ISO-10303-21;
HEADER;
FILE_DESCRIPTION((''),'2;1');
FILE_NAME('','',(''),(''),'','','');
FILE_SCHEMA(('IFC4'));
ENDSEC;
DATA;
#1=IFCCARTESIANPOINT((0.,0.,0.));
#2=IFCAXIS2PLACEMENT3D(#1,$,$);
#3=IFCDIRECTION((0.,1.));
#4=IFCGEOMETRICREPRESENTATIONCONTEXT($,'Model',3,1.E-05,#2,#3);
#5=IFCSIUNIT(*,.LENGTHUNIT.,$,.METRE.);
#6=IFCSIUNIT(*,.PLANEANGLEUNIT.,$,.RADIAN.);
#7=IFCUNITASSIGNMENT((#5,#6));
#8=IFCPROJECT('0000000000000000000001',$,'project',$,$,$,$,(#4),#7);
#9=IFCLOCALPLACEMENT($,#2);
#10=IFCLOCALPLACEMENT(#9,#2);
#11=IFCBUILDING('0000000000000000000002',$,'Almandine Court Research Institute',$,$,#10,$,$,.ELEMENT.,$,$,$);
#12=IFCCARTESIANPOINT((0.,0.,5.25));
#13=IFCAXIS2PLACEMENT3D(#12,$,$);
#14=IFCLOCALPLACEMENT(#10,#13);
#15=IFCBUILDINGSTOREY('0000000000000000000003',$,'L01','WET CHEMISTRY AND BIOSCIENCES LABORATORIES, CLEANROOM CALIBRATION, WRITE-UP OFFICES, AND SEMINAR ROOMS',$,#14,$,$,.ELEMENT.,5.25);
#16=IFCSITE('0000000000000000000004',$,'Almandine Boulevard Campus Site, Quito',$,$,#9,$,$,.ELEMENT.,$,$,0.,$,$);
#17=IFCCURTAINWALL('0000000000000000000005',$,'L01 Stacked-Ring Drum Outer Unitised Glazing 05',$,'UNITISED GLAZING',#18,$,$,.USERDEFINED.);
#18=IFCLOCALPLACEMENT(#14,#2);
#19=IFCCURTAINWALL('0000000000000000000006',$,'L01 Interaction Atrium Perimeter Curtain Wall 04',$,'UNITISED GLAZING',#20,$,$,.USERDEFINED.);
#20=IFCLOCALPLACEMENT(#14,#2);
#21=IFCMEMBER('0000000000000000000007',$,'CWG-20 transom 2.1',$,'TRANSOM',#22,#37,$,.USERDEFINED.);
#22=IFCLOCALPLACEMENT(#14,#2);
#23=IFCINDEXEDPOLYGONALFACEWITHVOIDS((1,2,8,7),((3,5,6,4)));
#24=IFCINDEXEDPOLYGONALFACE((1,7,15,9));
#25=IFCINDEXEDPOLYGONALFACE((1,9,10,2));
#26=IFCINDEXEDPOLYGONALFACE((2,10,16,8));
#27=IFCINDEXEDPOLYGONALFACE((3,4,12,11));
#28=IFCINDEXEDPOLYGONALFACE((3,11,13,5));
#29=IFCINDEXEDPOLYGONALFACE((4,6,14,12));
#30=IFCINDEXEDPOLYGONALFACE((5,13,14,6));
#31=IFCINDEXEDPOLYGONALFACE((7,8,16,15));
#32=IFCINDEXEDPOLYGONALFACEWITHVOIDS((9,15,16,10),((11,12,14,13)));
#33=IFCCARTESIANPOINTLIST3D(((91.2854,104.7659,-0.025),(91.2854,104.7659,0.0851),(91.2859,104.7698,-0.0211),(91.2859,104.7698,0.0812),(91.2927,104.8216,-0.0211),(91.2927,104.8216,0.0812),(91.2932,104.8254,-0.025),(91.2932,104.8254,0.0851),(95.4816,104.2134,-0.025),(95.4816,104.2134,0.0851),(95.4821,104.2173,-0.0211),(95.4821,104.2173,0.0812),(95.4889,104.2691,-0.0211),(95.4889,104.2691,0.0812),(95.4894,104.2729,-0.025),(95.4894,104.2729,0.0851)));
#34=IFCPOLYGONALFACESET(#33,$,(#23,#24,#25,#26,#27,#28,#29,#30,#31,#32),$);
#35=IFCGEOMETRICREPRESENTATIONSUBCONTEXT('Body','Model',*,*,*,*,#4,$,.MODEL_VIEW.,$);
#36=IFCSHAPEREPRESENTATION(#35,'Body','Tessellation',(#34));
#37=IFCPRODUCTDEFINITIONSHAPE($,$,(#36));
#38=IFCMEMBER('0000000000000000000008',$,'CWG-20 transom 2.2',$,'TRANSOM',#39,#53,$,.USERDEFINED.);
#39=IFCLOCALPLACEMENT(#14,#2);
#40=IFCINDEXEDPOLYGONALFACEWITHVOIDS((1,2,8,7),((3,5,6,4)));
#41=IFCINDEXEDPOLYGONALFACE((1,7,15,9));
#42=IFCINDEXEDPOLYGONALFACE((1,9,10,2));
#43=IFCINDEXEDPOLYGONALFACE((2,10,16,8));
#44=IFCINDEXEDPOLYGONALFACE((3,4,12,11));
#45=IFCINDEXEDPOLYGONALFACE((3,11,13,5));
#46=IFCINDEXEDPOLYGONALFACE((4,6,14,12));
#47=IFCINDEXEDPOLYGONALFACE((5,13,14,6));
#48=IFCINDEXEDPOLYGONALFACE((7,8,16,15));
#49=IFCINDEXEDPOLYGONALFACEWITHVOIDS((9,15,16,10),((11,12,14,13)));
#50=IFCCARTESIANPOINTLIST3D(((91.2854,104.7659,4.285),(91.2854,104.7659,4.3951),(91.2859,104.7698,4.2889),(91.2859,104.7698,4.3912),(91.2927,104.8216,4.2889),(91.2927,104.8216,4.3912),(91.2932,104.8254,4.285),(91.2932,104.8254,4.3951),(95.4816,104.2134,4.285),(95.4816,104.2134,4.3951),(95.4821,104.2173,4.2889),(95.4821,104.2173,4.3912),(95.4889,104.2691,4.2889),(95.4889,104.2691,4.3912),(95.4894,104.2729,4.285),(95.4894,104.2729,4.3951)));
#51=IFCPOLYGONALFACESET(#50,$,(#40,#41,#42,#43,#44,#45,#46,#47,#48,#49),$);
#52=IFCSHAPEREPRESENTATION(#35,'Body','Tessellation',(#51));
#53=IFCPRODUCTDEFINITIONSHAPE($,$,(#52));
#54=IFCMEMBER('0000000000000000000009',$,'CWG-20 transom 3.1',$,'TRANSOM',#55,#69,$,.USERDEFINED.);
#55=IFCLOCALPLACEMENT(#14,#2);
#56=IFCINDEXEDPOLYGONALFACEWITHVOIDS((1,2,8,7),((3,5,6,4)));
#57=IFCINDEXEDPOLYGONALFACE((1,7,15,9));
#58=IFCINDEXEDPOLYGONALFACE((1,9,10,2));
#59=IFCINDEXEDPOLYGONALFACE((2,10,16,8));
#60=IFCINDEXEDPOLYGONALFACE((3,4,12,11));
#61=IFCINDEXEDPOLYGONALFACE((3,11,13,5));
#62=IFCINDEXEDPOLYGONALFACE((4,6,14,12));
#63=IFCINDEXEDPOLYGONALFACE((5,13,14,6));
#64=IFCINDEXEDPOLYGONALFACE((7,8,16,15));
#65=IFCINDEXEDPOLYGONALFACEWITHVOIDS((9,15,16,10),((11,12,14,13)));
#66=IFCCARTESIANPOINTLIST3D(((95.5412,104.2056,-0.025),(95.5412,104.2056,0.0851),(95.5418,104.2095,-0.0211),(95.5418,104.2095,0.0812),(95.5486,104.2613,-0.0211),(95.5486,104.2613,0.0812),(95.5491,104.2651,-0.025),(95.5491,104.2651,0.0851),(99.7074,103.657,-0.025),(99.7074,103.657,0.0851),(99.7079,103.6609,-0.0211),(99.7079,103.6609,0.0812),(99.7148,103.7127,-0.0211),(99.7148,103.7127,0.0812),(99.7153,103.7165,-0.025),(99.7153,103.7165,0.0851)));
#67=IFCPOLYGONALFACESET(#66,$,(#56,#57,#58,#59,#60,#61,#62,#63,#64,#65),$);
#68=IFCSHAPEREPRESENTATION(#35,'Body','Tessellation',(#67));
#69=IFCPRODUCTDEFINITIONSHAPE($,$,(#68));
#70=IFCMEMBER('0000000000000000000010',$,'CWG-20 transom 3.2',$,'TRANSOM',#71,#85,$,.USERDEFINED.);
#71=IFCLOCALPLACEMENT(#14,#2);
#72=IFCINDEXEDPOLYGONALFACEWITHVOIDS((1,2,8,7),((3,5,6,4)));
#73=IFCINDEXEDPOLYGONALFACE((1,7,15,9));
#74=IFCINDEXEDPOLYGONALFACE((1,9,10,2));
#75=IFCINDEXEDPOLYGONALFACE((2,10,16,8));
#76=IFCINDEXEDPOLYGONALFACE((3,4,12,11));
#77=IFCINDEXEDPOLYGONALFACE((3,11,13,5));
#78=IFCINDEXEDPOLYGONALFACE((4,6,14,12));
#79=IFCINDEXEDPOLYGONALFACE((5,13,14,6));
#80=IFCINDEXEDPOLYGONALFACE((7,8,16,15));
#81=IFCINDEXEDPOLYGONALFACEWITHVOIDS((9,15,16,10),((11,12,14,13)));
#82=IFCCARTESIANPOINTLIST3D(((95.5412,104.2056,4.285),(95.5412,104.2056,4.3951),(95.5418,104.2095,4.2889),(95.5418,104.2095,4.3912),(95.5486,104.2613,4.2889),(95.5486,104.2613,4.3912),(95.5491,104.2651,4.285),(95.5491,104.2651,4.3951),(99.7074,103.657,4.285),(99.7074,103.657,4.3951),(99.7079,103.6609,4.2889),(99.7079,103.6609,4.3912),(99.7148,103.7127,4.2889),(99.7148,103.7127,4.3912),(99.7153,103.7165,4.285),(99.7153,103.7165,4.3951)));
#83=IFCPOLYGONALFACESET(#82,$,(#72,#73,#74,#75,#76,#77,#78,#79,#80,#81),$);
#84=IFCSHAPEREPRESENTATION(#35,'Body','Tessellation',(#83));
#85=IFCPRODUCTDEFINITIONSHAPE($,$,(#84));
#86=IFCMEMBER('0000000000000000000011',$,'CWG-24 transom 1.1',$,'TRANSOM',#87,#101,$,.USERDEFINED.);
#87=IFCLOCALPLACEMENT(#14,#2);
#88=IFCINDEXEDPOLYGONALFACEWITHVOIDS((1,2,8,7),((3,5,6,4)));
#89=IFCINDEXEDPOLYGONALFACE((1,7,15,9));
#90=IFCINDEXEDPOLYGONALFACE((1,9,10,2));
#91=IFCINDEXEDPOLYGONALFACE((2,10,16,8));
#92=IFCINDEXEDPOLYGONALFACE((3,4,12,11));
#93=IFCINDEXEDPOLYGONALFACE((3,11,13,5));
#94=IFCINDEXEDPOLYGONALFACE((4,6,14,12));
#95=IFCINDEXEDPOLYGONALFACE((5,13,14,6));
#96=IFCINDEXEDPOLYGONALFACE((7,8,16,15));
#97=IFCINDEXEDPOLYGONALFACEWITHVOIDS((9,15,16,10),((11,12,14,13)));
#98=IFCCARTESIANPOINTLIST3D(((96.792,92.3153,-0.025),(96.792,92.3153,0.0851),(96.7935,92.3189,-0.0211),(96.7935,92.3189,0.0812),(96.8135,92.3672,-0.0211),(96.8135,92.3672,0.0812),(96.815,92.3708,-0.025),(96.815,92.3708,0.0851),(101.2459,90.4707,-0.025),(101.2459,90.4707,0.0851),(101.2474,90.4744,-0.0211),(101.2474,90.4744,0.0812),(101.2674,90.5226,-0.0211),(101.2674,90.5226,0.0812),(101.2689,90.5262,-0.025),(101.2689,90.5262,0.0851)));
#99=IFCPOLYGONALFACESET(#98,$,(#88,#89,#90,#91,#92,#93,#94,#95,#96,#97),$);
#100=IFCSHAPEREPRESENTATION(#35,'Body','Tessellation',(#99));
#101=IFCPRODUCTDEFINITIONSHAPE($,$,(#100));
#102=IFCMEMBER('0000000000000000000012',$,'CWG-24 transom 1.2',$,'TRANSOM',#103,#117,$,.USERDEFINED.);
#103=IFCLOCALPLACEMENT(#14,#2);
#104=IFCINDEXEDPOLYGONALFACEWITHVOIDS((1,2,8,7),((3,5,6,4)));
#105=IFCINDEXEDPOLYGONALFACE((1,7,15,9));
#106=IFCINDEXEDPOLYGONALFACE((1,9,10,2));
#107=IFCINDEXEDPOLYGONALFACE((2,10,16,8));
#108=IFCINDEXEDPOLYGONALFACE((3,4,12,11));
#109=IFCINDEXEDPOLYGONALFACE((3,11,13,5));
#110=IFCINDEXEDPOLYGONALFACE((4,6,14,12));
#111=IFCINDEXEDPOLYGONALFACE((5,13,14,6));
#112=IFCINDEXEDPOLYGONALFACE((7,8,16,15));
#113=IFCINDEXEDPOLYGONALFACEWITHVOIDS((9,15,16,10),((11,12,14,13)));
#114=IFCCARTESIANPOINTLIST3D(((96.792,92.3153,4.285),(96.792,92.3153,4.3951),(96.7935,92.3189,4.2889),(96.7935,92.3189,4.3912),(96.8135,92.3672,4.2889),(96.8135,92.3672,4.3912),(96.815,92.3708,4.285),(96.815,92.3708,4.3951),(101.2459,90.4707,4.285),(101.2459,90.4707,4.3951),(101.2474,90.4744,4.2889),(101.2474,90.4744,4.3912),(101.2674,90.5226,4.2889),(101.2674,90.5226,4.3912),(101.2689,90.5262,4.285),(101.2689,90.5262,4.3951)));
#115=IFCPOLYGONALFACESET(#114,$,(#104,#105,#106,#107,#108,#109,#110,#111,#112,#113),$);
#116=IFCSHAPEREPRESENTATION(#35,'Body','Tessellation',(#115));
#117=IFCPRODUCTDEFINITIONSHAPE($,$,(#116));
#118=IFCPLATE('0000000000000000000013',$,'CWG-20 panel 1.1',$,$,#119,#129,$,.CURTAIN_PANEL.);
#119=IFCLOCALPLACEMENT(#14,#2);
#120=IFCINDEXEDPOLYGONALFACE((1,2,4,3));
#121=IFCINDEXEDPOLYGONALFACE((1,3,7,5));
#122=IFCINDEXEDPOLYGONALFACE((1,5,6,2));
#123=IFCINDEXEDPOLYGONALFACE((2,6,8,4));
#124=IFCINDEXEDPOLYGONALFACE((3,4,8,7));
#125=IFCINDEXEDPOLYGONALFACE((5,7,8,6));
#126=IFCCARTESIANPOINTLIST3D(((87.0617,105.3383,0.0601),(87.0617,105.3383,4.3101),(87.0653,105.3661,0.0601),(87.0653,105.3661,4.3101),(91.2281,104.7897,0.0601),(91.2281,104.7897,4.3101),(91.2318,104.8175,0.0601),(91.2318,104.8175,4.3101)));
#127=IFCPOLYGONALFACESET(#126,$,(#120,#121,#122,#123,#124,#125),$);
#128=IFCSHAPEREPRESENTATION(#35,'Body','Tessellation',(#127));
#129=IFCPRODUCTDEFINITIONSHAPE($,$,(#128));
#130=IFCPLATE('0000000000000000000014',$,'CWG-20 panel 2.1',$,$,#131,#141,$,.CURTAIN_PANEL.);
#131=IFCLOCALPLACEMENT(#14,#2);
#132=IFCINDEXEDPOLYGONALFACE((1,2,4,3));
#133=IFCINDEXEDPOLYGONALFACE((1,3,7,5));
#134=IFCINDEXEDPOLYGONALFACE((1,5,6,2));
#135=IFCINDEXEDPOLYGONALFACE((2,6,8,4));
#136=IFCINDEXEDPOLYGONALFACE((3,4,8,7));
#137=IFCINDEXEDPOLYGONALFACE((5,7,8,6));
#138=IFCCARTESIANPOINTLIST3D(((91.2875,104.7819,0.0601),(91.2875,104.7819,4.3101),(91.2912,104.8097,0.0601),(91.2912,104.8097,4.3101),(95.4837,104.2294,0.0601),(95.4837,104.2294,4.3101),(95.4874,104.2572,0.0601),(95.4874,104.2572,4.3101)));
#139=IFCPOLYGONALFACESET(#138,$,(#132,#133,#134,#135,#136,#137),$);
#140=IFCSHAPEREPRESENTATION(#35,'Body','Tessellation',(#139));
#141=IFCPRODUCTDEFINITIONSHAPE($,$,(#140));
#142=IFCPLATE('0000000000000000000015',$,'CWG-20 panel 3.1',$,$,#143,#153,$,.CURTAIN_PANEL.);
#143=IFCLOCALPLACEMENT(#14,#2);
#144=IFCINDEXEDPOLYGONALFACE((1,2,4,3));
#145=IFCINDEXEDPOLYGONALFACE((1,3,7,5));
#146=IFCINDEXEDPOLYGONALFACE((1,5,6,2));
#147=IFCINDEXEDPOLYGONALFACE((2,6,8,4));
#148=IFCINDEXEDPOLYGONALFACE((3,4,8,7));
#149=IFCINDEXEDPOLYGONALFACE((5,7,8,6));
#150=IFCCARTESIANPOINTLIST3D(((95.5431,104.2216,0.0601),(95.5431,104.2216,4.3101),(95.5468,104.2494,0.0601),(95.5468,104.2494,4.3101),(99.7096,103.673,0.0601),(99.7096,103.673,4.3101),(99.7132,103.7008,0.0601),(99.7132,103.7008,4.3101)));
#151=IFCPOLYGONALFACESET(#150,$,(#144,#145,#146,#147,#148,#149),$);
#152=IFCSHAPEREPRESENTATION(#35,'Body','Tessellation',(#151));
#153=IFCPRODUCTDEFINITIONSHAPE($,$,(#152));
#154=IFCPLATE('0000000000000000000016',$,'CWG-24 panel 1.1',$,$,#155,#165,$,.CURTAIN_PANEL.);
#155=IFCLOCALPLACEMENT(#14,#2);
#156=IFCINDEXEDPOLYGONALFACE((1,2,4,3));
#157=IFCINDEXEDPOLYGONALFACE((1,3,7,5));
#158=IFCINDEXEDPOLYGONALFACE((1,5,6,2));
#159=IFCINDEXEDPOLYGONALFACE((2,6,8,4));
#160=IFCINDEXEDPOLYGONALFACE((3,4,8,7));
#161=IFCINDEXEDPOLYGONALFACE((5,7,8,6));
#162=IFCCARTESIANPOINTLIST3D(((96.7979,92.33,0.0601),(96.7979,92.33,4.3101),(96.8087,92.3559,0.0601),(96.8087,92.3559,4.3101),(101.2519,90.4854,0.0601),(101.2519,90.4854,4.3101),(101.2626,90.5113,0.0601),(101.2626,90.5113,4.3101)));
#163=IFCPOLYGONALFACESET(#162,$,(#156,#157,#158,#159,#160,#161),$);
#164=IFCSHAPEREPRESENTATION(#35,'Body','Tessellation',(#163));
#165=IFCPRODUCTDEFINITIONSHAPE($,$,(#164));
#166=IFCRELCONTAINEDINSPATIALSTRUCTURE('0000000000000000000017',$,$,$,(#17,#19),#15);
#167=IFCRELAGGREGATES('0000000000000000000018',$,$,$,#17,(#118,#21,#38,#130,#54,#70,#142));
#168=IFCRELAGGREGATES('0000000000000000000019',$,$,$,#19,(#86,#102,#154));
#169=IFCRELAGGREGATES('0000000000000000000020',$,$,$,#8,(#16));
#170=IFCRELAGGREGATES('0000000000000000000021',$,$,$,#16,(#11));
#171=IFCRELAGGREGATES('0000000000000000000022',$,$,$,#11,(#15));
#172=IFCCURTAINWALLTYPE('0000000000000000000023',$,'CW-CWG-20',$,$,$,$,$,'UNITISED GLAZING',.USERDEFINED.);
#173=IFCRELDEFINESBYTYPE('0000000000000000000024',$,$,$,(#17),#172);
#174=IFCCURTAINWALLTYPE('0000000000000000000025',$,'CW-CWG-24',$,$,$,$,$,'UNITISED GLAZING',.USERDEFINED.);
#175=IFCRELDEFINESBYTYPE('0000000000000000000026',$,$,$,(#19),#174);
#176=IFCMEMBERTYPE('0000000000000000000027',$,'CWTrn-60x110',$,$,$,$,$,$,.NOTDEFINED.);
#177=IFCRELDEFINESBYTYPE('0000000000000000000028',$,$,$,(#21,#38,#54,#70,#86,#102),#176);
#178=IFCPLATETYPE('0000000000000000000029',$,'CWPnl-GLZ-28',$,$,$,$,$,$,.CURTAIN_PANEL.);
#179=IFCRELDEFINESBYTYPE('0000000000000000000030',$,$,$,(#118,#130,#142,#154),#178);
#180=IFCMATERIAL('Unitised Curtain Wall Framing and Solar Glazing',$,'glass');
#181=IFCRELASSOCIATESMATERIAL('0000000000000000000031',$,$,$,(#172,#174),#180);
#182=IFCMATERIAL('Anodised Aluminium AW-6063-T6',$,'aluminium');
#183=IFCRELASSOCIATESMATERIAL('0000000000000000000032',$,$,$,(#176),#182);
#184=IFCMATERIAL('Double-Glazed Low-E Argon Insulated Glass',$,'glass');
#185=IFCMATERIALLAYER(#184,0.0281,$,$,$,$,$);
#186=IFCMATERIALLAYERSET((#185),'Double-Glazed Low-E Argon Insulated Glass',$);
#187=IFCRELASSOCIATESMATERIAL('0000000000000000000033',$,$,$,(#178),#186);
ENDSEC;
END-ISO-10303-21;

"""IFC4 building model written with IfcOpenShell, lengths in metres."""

from ifc_helpers import new_model, si_unit, direction, frame, origin, origin_2d, place, context, subcontext, project, spatial, rectangle, hollow_rectangle, extrude, material, layer, layer_set, material_profile, profile_set, type_object, element, aggregate, save


model = new_model("IFC4")

# Units and contexts
model_context = context("Model", 3, precision=1e-05, world=origin(), true_north=direction((0.0, 1.0)))
body_context = subcontext(model_context, "Body", "Model", "MODEL_VIEW")
ifc_project = project(units=[si_unit("LENGTHUNIT", "METRE"), si_unit("PLANEANGLEUNIT", "RADIAN")], contexts=[model_context])

# Site, building, storey
site_placement = place(None, origin())
site = spatial("IfcSite", under=ifc_project, at=site_placement, Name="Almandine Boulevard Campus Site, Quito", CompositionType="ELEMENT", RefElevation=0.0)
building_placement = place(site_placement, origin())
building = spatial("IfcBuilding", under=site, at=building_placement, Name="Almandine Court Research Institute", CompositionType="ELEMENT")
storey_placement = place(building_placement, frame((0.0, 0.0, 5.25)))
storey = spatial("IfcBuildingStorey", under=building, at=storey_placement, Name="L01", Description="WET CHEMISTRY AND BIOSCIENCES LABORATORIES, CLEANROOM CALIBRATION, WRITE-UP OFFICES, AND SEMINAR ROOMS", CompositionType="ELEMENT", Elevation=5.25)

# Curtain wall
ifc_material_1 = material(Name="Unitised Curtain Wall Framing and Solar Glazing", Category="glass")
curtain_wall_type_1 = type_object("IfcCurtainWallType", Name="CW-CWG-20", ElementType="UNITISED GLAZING", PredefinedType="USERDEFINED", material=ifc_material_1)
curtain_wall_1_placement = place(storey_placement, origin())
curtain_wall_1 = element("IfcCurtainWall", 1, at=curtain_wall_1_placement, inside=storey, type_object=curtain_wall_type_1, Name="L01 Stacked-Ring Drum Outer Unitised Glazing 05", ObjectType="UNITISED GLAZING", PredefinedType="USERDEFINED")
ifc_material_2 = material(Name="Anodised Aluminium AW-6063-T6", Category="aluminium")

# Curtain wall
curtain_wall_type_2 = type_object("IfcCurtainWallType", Name="CW-CWG-24", ElementType="UNITISED GLAZING", PredefinedType="USERDEFINED", material=ifc_material_1)
curtain_wall_2_placement = place(storey_placement, origin())
curtain_wall_2 = element("IfcCurtainWall", 2, at=curtain_wall_2_placement, inside=storey, type_object=curtain_wall_type_2, Name="L01 Interaction Atrium Perimeter Curtain Wall 04", ObjectType="UNITISED GLAZING", PredefinedType="USERDEFINED")

# Members
ifc_material_profile_1 = material_profile(ifc_material_2, hollow_rectangle(XDim=0.0601, YDim=0.1101, WallThickness=0.0039, at=origin_2d()), Name="ALU RHS 60x110x4")
ifc_profile_set_1 = profile_set([ifc_material_profile_1], Name="Anodised Aluminium AW-6063-T6")
member_type_1 = type_object("IfcMemberType", Name="CWTrn-60x110", PredefinedType="NOTDEFINED", material=ifc_profile_set_1)
member_1_placement = place(storey_placement, frame((91.2893, 104.7957, 0.03), z_axis=(0.991444, -0.130535, 0.0), x_axis=(0.130535, 0.991444, 0.0)))
member_1 = element("IfcMember", 3, at=member_1_placement, type_object=member_type_1, Name="CWG-20 transom 2.1", ObjectType="TRANSOM", PredefinedType="USERDEFINED", context=body_context, shape_type="SweptSolid", body=[
    extrude(hollow_rectangle(XDim=0.0601, YDim=0.1101, WallThickness=0.0039, at=origin_2d()), origin(), (0.0, 0.0, 1.0), 4.2324),
])
member_2_placement = place(storey_placement, frame((91.2893, 104.7957, 4.3401), z_axis=(0.991444, -0.130535, 0.0), x_axis=(0.130535, 0.991444, 0.0)))
member_2 = element("IfcMember", 4, at=member_2_placement, type_object=member_type_1, Name="CWG-20 transom 2.2", ObjectType="TRANSOM", PredefinedType="USERDEFINED", context=body_context, shape_type="SweptSolid", body=[
    extrude(hollow_rectangle(XDim=0.0601, YDim=0.1101, WallThickness=0.0039, at=origin_2d()), origin(), (0.0, 0.0, 1.0), 4.2324),
])
member_3_placement = place(storey_placement, frame((95.5452, 104.2354, 0.03), z_axis=(0.991442, -0.130546, 0.0), x_axis=(0.130546, 0.991442, 0.0)))
member_3 = element("IfcMember", 5, at=member_3_placement, type_object=member_type_1, Name="CWG-20 transom 3.1", ObjectType="TRANSOM", PredefinedType="USERDEFINED", context=body_context, shape_type="SweptSolid", body=[
    extrude(hollow_rectangle(XDim=0.0601, YDim=0.1101, WallThickness=0.0039, at=origin_2d()), origin(), (0.0, 0.0, 1.0), 4.2021),
])
member_4_placement = place(storey_placement, frame((95.5452, 104.2354, 4.3401), z_axis=(0.991442, -0.130546, 0.0), x_axis=(0.130546, 0.991442, 0.0)))
member_4 = element("IfcMember", 6, at=member_4_placement, type_object=member_type_1, Name="CWG-20 transom 3.2", ObjectType="TRANSOM", PredefinedType="USERDEFINED", context=body_context, shape_type="SweptSolid", body=[
    extrude(hollow_rectangle(XDim=0.0601, YDim=0.1101, WallThickness=0.0039, at=origin_2d()), origin(), (0.0, 0.0, 1.0), 4.2021),
])
member_5_placement = place(storey_placement, frame((96.8035, 92.343, 0.03), z_axis=(0.923906, -0.382619, 0.0), x_axis=(0.382619, 0.923906, 0.0)))
member_5 = element("IfcMember", 7, at=member_5_placement, type_object=member_type_1, Name="CWG-24 transom 1.1", ObjectType="TRANSOM", PredefinedType="USERDEFINED", context=body_context, shape_type="SweptSolid", body=[
    extrude(hollow_rectangle(XDim=0.0601, YDim=0.1101, WallThickness=0.0039, at=origin_2d()), origin(), (0.0, 0.0, 1.0), 4.8208),
])
member_6_placement = place(storey_placement, frame((96.8035, 92.343, 4.3401), z_axis=(0.923906, -0.382619, 0.0), x_axis=(0.382619, 0.923906, 0.0)))
member_6 = element("IfcMember", 8, at=member_6_placement, type_object=member_type_1, Name="CWG-24 transom 1.2", ObjectType="TRANSOM", PredefinedType="USERDEFINED", context=body_context, shape_type="SweptSolid", body=[
    extrude(hollow_rectangle(XDim=0.0601, YDim=0.1101, WallThickness=0.0039, at=origin_2d()), origin(), (0.0, 0.0, 1.0), 4.8208),
])

# Plates
ifc_material_3 = material(Name="Double-Glazed Low-E Argon Insulated Glass", Category="glass")
ifc_layer_1 = layer(ifc_material_3, 0.0281)
ifc_layer_set_1 = layer_set([ifc_layer_1], Name="Double-Glazed Low-E Argon Insulated Glass")
plate_type = type_object("IfcPlateType", Name="CWPnl-GLZ-28", PredefinedType="CURTAIN_PANEL", material=ifc_layer_set_1)
plate_1_placement = place(storey_placement, frame((89.1467, 105.0779, 0.0601), z_axis=(0.0, 0.0, 1.0), x_axis=(0.991443, -0.130541, 0.0)))
plate_1 = element("IfcPlate", 9, at=plate_1_placement, type_object=plate_type, Name="CWG-20 panel 1.1", PredefinedType="CURTAIN_PANEL", context=body_context, shape_type="SweptSolid", body=[
    extrude(rectangle(XDim=4.2024, YDim=0.0281, at=origin_2d()), origin(), (0.0, 0.0, 1.0), 4.25),
])
plate_2_placement = place(storey_placement, frame((93.3875, 104.5195, 0.0601), z_axis=(0.0, 0.0, 1.0), x_axis=(0.991443, -0.130541, 0.0)))
plate_2 = element("IfcPlate", 10, at=plate_2_placement, type_object=plate_type, Name="CWG-20 panel 2.1", PredefinedType="CURTAIN_PANEL", context=body_context, shape_type="SweptSolid", body=[
    extrude(rectangle(XDim=4.2324, YDim=0.0281, at=origin_2d()), origin(), (0.0, 0.0, 1.0), 4.25),
])
plate_3_placement = place(storey_placement, frame((97.6282, 103.9612, 0.0601), z_axis=(0.0, 0.0, 1.0), x_axis=(0.991443, -0.130541, 0.0)))
plate_3 = element("IfcPlate", 11, at=plate_3_placement, type_object=plate_type, Name="CWG-20 panel 3.1", PredefinedType="CURTAIN_PANEL", context=body_context, shape_type="SweptSolid", body=[
    extrude(rectangle(XDim=4.2024, YDim=0.0281, at=origin_2d()), origin(), (0.0, 0.0, 1.0), 4.25),
])
aggregate(curtain_wall_1, [plate_1, member_1, member_2, plate_2, member_3, member_4, plate_3])
plate_4_placement = place(storey_placement, frame((99.0303, 91.4207, 0.0601), z_axis=(0.0, 0.0, 1.0), x_axis=(0.9239, -0.382634, 0.0)))
plate_4 = element("IfcPlate", 12, at=plate_4_placement, type_object=plate_type, Name="CWG-24 panel 1.1", PredefinedType="CURTAIN_PANEL", context=body_context, shape_type="SweptSolid", body=[
    extrude(rectangle(XDim=4.8208, YDim=0.0281, at=origin_2d()), origin(), (0.0, 0.0, 1.0), 4.25),
])
aggregate(curtain_wall_2, [member_5, member_6, plate_4])

save(model, "model.ifc")
